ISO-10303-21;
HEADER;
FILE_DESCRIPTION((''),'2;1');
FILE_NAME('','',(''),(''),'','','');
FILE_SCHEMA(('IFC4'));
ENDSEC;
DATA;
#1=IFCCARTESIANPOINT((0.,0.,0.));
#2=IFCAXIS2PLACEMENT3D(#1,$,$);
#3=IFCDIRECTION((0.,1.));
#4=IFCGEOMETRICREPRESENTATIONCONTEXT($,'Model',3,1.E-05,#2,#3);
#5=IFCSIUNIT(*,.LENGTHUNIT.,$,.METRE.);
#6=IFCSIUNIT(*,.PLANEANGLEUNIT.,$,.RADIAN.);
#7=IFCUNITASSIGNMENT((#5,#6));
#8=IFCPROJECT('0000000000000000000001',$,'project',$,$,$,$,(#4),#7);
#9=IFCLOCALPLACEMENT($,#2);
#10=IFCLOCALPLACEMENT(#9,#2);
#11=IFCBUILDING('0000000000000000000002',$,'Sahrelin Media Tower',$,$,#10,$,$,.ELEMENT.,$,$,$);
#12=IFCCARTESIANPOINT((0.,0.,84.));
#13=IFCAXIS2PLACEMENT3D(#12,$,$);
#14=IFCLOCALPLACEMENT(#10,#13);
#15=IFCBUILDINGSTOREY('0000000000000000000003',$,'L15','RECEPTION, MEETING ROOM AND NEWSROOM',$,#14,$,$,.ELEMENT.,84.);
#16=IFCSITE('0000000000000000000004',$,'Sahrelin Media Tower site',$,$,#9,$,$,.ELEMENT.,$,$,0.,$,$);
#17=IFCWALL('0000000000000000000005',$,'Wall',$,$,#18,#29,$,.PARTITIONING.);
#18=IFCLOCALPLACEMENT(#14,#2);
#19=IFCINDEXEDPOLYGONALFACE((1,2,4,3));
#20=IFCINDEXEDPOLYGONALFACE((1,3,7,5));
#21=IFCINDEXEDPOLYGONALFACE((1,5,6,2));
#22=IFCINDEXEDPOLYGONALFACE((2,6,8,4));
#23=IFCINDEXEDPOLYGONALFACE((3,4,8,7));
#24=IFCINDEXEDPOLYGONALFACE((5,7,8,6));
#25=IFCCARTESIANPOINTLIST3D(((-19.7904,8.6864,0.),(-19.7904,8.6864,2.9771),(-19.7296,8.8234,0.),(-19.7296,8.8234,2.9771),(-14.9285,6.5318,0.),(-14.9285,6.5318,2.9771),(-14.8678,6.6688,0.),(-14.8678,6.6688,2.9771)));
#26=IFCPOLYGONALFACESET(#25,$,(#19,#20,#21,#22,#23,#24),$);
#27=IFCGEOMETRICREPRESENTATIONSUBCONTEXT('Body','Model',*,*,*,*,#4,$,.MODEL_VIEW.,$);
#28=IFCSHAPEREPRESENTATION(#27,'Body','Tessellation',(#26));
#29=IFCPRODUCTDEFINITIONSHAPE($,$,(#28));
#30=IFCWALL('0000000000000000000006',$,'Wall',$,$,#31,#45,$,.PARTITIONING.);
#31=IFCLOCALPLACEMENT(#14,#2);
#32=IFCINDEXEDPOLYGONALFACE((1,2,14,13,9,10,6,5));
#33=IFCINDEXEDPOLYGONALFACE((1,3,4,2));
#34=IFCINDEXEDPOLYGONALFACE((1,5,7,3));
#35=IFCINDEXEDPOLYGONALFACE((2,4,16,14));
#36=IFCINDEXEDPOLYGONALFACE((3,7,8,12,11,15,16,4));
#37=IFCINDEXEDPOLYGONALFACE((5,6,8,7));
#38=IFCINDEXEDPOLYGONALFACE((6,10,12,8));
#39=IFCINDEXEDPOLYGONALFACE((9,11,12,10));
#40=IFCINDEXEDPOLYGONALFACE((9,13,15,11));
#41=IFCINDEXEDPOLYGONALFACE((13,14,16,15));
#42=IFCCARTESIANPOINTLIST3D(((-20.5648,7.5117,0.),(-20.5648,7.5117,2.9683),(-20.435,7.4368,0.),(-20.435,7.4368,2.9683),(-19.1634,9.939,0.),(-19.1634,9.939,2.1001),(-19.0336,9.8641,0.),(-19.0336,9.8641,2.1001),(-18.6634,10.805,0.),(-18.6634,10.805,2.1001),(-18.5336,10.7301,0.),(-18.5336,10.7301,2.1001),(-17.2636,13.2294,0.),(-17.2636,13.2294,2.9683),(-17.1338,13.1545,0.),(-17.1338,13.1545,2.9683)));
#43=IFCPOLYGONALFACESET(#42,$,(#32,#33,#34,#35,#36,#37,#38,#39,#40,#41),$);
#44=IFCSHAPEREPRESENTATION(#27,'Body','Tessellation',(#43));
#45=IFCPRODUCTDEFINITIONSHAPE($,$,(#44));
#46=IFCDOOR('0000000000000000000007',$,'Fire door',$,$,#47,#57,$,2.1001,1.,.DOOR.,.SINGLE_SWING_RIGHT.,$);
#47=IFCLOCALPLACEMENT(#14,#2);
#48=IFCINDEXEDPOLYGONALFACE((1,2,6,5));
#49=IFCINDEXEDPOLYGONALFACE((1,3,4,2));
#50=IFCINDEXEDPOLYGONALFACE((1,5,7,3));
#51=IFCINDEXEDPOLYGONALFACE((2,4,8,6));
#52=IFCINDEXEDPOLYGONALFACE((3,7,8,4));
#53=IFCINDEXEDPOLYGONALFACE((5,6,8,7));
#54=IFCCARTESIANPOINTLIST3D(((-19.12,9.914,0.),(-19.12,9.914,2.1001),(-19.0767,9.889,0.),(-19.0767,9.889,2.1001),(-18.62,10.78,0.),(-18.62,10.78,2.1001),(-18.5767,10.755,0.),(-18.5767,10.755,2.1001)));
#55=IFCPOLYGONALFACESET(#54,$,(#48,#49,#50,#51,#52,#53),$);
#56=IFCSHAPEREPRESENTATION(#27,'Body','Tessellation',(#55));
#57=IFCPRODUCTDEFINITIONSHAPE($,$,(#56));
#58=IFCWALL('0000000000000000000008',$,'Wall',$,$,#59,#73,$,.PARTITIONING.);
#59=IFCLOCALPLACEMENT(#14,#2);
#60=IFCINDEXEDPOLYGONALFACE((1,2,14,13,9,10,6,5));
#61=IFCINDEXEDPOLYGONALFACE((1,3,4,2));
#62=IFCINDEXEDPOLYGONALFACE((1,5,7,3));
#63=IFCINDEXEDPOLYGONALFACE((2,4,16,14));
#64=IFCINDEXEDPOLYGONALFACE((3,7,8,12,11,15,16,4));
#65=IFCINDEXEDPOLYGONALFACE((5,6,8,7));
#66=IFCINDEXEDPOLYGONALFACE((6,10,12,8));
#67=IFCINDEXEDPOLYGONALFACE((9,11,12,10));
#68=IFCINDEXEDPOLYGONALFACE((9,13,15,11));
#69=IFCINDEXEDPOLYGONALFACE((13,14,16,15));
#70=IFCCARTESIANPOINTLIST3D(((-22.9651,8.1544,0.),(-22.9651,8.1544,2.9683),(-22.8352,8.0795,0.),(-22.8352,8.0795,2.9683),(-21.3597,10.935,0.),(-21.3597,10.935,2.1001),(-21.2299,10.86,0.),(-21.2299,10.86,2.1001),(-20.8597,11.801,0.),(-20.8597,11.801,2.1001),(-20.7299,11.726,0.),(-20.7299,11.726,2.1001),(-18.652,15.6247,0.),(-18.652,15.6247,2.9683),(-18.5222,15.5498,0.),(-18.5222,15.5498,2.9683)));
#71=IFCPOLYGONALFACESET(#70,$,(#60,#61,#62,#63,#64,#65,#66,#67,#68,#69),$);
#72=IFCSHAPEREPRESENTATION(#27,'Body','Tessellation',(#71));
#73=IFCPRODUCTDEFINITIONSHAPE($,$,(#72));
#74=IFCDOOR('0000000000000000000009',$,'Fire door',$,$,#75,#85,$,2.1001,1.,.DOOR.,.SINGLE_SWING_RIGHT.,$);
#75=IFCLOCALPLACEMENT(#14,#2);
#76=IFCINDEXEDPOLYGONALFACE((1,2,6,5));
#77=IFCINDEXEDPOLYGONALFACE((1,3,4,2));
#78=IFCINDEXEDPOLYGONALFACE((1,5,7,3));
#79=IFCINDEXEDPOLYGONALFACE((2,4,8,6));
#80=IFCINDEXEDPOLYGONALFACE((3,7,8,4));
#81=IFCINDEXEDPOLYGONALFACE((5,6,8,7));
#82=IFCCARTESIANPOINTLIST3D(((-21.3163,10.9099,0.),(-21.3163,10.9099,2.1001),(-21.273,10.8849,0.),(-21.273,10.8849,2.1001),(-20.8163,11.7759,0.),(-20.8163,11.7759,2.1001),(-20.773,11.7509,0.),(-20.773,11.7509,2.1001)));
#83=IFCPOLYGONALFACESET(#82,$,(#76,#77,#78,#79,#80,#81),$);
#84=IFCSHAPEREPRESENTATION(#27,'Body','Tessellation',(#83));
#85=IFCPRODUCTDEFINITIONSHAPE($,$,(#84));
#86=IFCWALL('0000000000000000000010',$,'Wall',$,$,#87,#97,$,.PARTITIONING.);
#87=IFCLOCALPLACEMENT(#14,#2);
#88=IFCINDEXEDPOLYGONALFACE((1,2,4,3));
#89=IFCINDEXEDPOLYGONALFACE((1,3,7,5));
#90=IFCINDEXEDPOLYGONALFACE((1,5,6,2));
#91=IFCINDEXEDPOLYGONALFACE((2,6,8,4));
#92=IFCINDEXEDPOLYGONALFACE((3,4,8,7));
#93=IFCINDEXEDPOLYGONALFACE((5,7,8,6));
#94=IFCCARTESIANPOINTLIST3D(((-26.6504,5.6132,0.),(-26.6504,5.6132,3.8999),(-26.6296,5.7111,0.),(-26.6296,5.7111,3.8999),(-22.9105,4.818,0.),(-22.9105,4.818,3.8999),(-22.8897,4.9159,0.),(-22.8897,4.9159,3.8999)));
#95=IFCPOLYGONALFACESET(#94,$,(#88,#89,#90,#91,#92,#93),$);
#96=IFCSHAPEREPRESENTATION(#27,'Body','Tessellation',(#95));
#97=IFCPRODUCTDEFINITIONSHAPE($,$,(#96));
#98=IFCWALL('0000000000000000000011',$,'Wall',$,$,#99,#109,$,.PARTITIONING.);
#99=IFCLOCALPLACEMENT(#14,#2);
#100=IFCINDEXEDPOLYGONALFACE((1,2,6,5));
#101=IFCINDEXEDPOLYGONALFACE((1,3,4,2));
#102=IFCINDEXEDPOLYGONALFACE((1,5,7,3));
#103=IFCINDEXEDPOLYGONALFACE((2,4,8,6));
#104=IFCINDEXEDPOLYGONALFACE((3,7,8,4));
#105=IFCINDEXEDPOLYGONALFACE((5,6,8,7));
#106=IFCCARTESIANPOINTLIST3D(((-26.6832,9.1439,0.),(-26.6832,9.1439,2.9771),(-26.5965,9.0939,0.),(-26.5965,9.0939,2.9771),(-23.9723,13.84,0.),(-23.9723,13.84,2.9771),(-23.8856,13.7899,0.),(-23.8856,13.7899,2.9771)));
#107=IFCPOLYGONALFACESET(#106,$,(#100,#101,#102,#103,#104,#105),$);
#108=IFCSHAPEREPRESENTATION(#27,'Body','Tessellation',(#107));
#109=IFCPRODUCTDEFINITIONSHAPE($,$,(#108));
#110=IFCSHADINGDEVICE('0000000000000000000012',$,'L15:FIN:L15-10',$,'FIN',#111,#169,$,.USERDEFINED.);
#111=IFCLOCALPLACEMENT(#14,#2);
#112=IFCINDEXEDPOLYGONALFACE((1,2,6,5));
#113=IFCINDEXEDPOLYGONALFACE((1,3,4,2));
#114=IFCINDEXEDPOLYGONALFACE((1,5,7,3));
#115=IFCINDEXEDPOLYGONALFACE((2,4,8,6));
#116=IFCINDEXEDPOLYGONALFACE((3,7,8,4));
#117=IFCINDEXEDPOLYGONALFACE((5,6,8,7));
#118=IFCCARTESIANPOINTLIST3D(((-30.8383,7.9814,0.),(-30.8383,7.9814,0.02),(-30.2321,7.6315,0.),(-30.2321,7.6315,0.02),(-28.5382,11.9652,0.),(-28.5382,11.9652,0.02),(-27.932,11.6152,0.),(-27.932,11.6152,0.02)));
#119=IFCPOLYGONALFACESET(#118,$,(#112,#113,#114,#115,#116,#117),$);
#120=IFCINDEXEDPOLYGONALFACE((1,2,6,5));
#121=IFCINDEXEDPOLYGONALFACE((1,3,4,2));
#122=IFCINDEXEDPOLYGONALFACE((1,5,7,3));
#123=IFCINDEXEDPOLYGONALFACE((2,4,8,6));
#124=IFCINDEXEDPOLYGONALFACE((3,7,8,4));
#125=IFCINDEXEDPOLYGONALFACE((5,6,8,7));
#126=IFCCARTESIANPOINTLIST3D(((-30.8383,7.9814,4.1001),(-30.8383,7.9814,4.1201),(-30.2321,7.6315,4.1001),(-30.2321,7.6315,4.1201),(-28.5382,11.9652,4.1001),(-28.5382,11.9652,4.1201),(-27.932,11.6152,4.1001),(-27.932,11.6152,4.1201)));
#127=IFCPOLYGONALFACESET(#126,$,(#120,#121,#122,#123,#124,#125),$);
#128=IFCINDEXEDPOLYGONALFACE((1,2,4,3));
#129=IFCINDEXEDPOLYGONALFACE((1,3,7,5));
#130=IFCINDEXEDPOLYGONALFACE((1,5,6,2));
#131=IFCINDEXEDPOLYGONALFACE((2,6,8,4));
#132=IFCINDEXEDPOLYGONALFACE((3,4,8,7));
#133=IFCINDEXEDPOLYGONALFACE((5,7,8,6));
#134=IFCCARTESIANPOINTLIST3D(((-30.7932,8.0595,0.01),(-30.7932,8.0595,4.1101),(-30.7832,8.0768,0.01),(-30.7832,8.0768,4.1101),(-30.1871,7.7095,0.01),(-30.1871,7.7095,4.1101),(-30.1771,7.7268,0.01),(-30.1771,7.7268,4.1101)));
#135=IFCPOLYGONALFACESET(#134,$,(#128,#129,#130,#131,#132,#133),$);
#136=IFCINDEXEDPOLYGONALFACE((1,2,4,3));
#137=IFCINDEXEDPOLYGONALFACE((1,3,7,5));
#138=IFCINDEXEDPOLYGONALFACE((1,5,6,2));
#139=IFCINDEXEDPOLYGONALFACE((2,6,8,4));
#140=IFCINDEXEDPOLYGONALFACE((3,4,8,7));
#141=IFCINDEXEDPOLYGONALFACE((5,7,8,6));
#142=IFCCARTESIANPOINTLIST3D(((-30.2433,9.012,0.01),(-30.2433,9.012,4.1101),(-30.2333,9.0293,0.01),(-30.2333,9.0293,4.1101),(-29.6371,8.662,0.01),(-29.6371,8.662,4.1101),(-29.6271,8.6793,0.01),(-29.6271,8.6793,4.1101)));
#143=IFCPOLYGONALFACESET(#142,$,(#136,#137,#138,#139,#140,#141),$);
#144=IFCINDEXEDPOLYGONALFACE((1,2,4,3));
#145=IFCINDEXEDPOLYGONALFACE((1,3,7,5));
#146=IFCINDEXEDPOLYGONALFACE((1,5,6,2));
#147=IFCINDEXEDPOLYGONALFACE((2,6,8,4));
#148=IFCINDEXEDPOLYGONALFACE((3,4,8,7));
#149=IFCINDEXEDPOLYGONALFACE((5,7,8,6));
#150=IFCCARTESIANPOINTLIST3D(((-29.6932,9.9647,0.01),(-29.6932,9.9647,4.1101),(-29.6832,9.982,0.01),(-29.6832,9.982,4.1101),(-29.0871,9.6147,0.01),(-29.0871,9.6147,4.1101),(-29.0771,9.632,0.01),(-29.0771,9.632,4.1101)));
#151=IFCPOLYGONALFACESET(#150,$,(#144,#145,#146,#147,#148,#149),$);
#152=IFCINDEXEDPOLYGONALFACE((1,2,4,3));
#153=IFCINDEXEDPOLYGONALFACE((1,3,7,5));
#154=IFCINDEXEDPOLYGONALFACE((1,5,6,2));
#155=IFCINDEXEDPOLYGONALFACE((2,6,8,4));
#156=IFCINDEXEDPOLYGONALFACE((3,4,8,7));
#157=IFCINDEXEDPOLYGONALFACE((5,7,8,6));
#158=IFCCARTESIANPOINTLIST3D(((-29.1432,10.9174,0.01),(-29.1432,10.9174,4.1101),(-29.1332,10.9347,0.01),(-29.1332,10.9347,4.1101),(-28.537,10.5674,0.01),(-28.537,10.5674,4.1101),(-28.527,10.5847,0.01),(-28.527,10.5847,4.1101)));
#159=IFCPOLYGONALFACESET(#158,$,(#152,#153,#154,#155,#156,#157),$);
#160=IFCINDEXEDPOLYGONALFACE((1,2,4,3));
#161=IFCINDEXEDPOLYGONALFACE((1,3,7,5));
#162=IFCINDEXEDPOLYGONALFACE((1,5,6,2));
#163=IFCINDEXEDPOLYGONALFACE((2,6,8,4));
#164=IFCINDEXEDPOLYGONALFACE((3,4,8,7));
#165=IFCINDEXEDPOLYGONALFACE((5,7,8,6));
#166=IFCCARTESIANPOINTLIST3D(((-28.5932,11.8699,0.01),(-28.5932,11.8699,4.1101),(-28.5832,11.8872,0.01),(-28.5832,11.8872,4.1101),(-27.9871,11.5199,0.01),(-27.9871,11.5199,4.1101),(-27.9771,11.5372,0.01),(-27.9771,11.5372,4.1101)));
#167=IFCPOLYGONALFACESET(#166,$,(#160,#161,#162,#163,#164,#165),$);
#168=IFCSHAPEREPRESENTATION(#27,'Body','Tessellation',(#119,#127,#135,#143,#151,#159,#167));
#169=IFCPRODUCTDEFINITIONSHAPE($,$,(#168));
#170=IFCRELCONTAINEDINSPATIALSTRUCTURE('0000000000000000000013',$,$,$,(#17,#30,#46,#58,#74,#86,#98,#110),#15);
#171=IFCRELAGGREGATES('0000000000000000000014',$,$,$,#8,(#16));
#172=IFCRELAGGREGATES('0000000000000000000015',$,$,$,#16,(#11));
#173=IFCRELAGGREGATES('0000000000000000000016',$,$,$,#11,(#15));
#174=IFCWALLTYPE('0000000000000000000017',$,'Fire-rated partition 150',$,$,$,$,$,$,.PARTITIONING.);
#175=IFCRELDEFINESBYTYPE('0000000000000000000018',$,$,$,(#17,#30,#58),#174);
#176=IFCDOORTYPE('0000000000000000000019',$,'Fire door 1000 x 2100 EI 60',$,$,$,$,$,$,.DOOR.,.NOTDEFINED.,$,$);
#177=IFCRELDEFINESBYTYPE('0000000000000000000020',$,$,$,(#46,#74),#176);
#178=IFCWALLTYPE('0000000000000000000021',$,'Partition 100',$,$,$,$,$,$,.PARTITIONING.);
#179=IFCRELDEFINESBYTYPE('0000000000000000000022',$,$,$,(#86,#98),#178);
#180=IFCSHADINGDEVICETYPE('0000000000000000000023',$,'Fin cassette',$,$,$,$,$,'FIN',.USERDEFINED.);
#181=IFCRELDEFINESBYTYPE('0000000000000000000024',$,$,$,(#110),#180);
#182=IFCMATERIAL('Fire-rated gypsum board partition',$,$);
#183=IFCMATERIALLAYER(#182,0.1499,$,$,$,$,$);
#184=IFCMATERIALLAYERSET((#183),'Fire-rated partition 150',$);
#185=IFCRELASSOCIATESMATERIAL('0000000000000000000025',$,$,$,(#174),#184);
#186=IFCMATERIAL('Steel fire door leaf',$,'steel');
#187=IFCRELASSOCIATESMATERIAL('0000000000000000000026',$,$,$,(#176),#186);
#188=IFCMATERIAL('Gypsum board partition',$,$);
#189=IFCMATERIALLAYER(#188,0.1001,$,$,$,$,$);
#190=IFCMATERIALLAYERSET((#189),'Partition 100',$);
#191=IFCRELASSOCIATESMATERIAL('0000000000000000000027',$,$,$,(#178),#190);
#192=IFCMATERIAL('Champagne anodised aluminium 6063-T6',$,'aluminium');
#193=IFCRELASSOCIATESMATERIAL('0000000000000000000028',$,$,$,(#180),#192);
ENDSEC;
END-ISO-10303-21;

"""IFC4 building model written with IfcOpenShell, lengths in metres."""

from ifc_helpers import new_model, si_unit, direction, frame, frame_2d, origin, origin_2d, place, context, subcontext, project, spatial, rectangle, extrude, material, layer, layer_set, type_object, element, fill, save


model = new_model("IFC4")

# Units and contexts
model_context = context("Model", 3, precision=1e-05, world=origin(), true_north=direction((0.0, 1.0)))
body_context = subcontext(model_context, "Body", "Model", "MODEL_VIEW")
ifc_project = project(units=[si_unit("LENGTHUNIT", "METRE"), si_unit("PLANEANGLEUNIT", "RADIAN")], contexts=[model_context])

# Site, building, storey
site_placement = place(None, origin())
site = spatial("IfcSite", under=ifc_project, at=site_placement, Name="Sahrelin Media Tower site", CompositionType="ELEMENT", RefElevation=0.0)
building_placement = place(site_placement, origin())
building = spatial("IfcBuilding", under=site, at=building_placement, Name="Sahrelin Media Tower", CompositionType="ELEMENT")
storey_placement = place(building_placement, frame((0.0, 0.0, 84.0)))
storey = spatial("IfcBuildingStorey", under=building, at=storey_placement, Name="L15", Description="RECEPTION, MEETING ROOM AND NEWSROOM", CompositionType="ELEMENT", Elevation=84.0)

# Shared definitions
ifc_material_1 = material(Name="Champagne anodised aluminium 6063-T6", Category="aluminium")

# Wall
ifc_material_2 = material(Name="Fire-rated gypsum board partition")
ifc_layer_1 = layer(ifc_material_2, 0.1499)
ifc_layer_set_1 = layer_set([ifc_layer_1], Name="Fire-rated partition 150")
wall_type_1 = type_object("IfcWallType", Name="Fire-rated partition 150", PredefinedType="PARTITIONING", material=ifc_layer_set_1)
wall_1_placement = place(storey_placement, frame((-19.76, 8.7549, 0.0), z_axis=(0.0, 0.0, 1.0), x_axis=(0.914248, -0.405154, 0.0)))
element("IfcWall", 1, at=wall_1_placement, inside=storey, type_object=wall_type_1, Name="Wall", PredefinedType="PARTITIONING", context=body_context, shape_type="SweptSolid", body=[
    extrude(rectangle(XDim=5.3179, YDim=0.1499, at=frame_2d((2.6589, 0.0))), origin(), (0.0, 0.0, 1.0), 2.9771),
])

# Walls, openings, doors
wall_2_placement = place(storey_placement, frame((-20.5, 7.4741, 0.0), z_axis=(0.0, 0.0, 1.0), x_axis=(0.500013, 0.866018, 0.0)))
wall_2 = element("IfcWall", 2, at=wall_2_placement, inside=storey, type_object=wall_type_1, Name="Wall", PredefinedType="PARTITIONING", context=body_context, shape_type="SweptSolid", body=[
    extrude(rectangle(XDim=6.6023, YDim=0.1499, at=frame_2d((3.3013, 0.0))), origin(), (0.0, 0.0, 1.0), 2.9683),
])
opening_1_placement = place(wall_2_placement, frame((2.803, 0.0, 0.0)))
opening_1 = element("IfcOpeningElement", 3, at=opening_1_placement, cuts=wall_2, PredefinedType="OPENING", context=body_context, shape_type="SweptSolid", body=[
    extrude(rectangle(XDim=1.0, YDim=2.1001, at=frame_2d((0.5, 1.05))), frame((0.0, 0.075, 0.0), z_axis=(0.0, -1.0, 0.0), x_axis=(1.0, 0.0, 0.0)), (0.0, 0.0, 1.0), 0.1499),
])
ifc_material_3 = material(Name="Steel fire door leaf", Category="steel")
door_type = type_object("IfcDoorType", Name="Fire door 1000 x 2100 EI 60", OperationType="NOTDEFINED", PredefinedType="DOOR", material=ifc_material_3)
door_1_placement = place(opening_1_placement, origin())
door_1 = element("IfcDoor", 4, at=door_1_placement, inside=storey, type_object=door_type, Name="Fire door", OperationType="SINGLE_SWING_RIGHT", OverallHeight=2.1001, OverallWidth=1.0, PredefinedType="DOOR", context=body_context, shape_type="SweptSolid", body=[
    extrude(rectangle(XDim=1.0, YDim=2.1001, at=frame_2d((0.5, 1.05))), frame((0.0, 0.0249, 0.0), z_axis=(0.0, -1.0, 0.0), x_axis=(1.0, 0.0, 0.0)), (0.0, 0.0, 1.0), 0.05),
])
fill(opening_1, door_1)
wall_3_placement = place(storey_placement, frame((-22.9001, 8.1169, 0.0), z_axis=(0.0, 0.0, 1.0), x_axis=(0.500005, 0.866023, 0.0)))
wall_3 = element("IfcWall", 5, at=wall_3_placement, inside=storey, type_object=wall_type_1, Name="Wall", PredefinedType="PARTITIONING", context=body_context, shape_type="SweptSolid", body=[
    extrude(rectangle(XDim=8.626, YDim=0.1499, at=frame_2d((4.313, 0.0))), origin(), (0.0, 0.0, 1.0), 2.9683),
])
opening_2_placement = place(wall_3_placement, frame((3.2107, 0.0, 0.0)))
opening_2 = element("IfcOpeningElement", 6, at=opening_2_placement, cuts=wall_3, PredefinedType="OPENING", context=body_context, shape_type="SweptSolid", body=[
    extrude(rectangle(XDim=1.0, YDim=2.1001, at=frame_2d((0.5, 1.05))), frame((0.0, 0.075, 0.0), z_axis=(0.0, -1.0, 0.0), x_axis=(1.0, 0.0, 0.0)), (0.0, 0.0, 1.0), 0.1499),
])
door_2_placement = place(opening_2_placement, origin())
door_2 = element("IfcDoor", 7, at=door_2_placement, inside=storey, type_object=door_type, Name="Fire door", OperationType="SINGLE_SWING_RIGHT", OverallHeight=2.1001, OverallWidth=1.0, PredefinedType="DOOR", context=body_context, shape_type="SweptSolid", body=[
    extrude(rectangle(XDim=1.0, YDim=2.1001, at=frame_2d((0.5, 1.05))), frame((0.0, 0.0249, 0.0), z_axis=(0.0, -1.0, 0.0), x_axis=(1.0, 0.0, 0.0)), (0.0, 0.0, 1.0), 0.05),
])
fill(opening_2, door_2)

# Walls
ifc_material_4 = material(Name="Gypsum board partition")
ifc_layer_2 = layer(ifc_material_4, 0.1001)
ifc_layer_set_2 = layer_set([ifc_layer_2], Name="Partition 100")
wall_type_2 = type_object("IfcWallType", Name="Partition 100", PredefinedType="PARTITIONING", material=ifc_layer_set_2)
wall_4_placement = place(storey_placement, frame((-26.6399, 5.6621, 0.0), z_axis=(0.0, 0.0, 1.0), x_axis=(0.978137, -0.207963, 0.0)))
element("IfcWall", 8, at=wall_4_placement, inside=storey, type_object=wall_type_2, Name="Wall", PredefinedType="PARTITIONING", context=body_context, shape_type="SweptSolid", body=[
    extrude(rectangle(XDim=3.8235, YDim=0.1001, at=frame_2d((1.9116, 0.0))), origin(), (0.0, 0.0, 1.0), 3.8999),
])
wall_5_placement = place(storey_placement, frame((-26.6399, 9.1189, 0.0), z_axis=(0.0, 0.0, 1.0), x_axis=(0.499955, 0.866051, 0.0)))
element("IfcWall", 9, at=wall_5_placement, inside=storey, type_object=wall_type_2, Name="Wall", PredefinedType="PARTITIONING", context=body_context, shape_type="SweptSolid", body=[
    extrude(rectangle(XDim=5.4224, YDim=0.1001, at=frame_2d((2.7112, 0.0))), origin(), (0.0, 0.0, 1.0), 2.9771),
])

# Shading device
shading_device_type_1 = type_object("IfcShadingDeviceType", Name="Fin cassette", ElementType="FIN", PredefinedType="USERDEFINED", material=ifc_material_1)
placement_1 = place(storey_placement, frame((-29.0215, 9.5884, 0.0), z_axis=(0.0, 0.0, 1.0), x_axis=(0.500011, 0.866019, 0.0)))
element("IfcShadingDevice", 10, at=placement_1, inside=storey, type_object=shading_device_type_1, Name="L15:FIN:L15-10", ObjectType="FIN", PredefinedType="USERDEFINED", context=body_context, shape_type="SweptSolid", body=[
    extrude(rectangle(XDim=4.6001, YDim=0.7, at=origin_2d()), frame((0.0, 0.4199, 0.0)), (0.0, 0.0, 1.0), 0.02),
    extrude(rectangle(XDim=4.6001, YDim=0.7, at=origin_2d()), frame((0.0, 0.4199, 4.1001)), (0.0, 0.0, 1.0), 0.02),
    extrude(rectangle(XDim=0.02, YDim=0.7, at=origin_2d()), frame((-2.2, 0.4199, 0.01), z_axis=(0.0, 0.0, 1.0), x_axis=(1.0, 0.0, 0.0)), (0.0, 0.0, 1.0), 4.1001),
    extrude(rectangle(XDim=0.02, YDim=0.7, at=origin_2d()), frame((-1.1001, 0.4199, 0.01), z_axis=(0.0, 0.0, 1.0), x_axis=(1.0, 0.0, 0.0)), (0.0, 0.0, 1.0), 4.1001),
    extrude(rectangle(XDim=0.02, YDim=0.7, at=origin_2d()), frame((0.0, 0.4199, 0.01), z_axis=(0.0, 0.0, 1.0), x_axis=(1.0, 0.0, 0.0)), (0.0, 0.0, 1.0), 4.1001),
    extrude(rectangle(XDim=0.02, YDim=0.7, at=origin_2d()), frame((1.1001, 0.4199, 0.01), z_axis=(0.0, 0.0, 1.0), x_axis=(1.0, 0.0, 0.0)), (0.0, 0.0, 1.0), 4.1001),
    extrude(rectangle(XDim=0.02, YDim=0.7, at=origin_2d()), frame((2.2, 0.4199, 0.01), z_axis=(0.0, 0.0, 1.0), x_axis=(1.0, 0.0, 0.0)), (0.0, 0.0, 1.0), 4.1001),
])

save(model, "model.ifc")
